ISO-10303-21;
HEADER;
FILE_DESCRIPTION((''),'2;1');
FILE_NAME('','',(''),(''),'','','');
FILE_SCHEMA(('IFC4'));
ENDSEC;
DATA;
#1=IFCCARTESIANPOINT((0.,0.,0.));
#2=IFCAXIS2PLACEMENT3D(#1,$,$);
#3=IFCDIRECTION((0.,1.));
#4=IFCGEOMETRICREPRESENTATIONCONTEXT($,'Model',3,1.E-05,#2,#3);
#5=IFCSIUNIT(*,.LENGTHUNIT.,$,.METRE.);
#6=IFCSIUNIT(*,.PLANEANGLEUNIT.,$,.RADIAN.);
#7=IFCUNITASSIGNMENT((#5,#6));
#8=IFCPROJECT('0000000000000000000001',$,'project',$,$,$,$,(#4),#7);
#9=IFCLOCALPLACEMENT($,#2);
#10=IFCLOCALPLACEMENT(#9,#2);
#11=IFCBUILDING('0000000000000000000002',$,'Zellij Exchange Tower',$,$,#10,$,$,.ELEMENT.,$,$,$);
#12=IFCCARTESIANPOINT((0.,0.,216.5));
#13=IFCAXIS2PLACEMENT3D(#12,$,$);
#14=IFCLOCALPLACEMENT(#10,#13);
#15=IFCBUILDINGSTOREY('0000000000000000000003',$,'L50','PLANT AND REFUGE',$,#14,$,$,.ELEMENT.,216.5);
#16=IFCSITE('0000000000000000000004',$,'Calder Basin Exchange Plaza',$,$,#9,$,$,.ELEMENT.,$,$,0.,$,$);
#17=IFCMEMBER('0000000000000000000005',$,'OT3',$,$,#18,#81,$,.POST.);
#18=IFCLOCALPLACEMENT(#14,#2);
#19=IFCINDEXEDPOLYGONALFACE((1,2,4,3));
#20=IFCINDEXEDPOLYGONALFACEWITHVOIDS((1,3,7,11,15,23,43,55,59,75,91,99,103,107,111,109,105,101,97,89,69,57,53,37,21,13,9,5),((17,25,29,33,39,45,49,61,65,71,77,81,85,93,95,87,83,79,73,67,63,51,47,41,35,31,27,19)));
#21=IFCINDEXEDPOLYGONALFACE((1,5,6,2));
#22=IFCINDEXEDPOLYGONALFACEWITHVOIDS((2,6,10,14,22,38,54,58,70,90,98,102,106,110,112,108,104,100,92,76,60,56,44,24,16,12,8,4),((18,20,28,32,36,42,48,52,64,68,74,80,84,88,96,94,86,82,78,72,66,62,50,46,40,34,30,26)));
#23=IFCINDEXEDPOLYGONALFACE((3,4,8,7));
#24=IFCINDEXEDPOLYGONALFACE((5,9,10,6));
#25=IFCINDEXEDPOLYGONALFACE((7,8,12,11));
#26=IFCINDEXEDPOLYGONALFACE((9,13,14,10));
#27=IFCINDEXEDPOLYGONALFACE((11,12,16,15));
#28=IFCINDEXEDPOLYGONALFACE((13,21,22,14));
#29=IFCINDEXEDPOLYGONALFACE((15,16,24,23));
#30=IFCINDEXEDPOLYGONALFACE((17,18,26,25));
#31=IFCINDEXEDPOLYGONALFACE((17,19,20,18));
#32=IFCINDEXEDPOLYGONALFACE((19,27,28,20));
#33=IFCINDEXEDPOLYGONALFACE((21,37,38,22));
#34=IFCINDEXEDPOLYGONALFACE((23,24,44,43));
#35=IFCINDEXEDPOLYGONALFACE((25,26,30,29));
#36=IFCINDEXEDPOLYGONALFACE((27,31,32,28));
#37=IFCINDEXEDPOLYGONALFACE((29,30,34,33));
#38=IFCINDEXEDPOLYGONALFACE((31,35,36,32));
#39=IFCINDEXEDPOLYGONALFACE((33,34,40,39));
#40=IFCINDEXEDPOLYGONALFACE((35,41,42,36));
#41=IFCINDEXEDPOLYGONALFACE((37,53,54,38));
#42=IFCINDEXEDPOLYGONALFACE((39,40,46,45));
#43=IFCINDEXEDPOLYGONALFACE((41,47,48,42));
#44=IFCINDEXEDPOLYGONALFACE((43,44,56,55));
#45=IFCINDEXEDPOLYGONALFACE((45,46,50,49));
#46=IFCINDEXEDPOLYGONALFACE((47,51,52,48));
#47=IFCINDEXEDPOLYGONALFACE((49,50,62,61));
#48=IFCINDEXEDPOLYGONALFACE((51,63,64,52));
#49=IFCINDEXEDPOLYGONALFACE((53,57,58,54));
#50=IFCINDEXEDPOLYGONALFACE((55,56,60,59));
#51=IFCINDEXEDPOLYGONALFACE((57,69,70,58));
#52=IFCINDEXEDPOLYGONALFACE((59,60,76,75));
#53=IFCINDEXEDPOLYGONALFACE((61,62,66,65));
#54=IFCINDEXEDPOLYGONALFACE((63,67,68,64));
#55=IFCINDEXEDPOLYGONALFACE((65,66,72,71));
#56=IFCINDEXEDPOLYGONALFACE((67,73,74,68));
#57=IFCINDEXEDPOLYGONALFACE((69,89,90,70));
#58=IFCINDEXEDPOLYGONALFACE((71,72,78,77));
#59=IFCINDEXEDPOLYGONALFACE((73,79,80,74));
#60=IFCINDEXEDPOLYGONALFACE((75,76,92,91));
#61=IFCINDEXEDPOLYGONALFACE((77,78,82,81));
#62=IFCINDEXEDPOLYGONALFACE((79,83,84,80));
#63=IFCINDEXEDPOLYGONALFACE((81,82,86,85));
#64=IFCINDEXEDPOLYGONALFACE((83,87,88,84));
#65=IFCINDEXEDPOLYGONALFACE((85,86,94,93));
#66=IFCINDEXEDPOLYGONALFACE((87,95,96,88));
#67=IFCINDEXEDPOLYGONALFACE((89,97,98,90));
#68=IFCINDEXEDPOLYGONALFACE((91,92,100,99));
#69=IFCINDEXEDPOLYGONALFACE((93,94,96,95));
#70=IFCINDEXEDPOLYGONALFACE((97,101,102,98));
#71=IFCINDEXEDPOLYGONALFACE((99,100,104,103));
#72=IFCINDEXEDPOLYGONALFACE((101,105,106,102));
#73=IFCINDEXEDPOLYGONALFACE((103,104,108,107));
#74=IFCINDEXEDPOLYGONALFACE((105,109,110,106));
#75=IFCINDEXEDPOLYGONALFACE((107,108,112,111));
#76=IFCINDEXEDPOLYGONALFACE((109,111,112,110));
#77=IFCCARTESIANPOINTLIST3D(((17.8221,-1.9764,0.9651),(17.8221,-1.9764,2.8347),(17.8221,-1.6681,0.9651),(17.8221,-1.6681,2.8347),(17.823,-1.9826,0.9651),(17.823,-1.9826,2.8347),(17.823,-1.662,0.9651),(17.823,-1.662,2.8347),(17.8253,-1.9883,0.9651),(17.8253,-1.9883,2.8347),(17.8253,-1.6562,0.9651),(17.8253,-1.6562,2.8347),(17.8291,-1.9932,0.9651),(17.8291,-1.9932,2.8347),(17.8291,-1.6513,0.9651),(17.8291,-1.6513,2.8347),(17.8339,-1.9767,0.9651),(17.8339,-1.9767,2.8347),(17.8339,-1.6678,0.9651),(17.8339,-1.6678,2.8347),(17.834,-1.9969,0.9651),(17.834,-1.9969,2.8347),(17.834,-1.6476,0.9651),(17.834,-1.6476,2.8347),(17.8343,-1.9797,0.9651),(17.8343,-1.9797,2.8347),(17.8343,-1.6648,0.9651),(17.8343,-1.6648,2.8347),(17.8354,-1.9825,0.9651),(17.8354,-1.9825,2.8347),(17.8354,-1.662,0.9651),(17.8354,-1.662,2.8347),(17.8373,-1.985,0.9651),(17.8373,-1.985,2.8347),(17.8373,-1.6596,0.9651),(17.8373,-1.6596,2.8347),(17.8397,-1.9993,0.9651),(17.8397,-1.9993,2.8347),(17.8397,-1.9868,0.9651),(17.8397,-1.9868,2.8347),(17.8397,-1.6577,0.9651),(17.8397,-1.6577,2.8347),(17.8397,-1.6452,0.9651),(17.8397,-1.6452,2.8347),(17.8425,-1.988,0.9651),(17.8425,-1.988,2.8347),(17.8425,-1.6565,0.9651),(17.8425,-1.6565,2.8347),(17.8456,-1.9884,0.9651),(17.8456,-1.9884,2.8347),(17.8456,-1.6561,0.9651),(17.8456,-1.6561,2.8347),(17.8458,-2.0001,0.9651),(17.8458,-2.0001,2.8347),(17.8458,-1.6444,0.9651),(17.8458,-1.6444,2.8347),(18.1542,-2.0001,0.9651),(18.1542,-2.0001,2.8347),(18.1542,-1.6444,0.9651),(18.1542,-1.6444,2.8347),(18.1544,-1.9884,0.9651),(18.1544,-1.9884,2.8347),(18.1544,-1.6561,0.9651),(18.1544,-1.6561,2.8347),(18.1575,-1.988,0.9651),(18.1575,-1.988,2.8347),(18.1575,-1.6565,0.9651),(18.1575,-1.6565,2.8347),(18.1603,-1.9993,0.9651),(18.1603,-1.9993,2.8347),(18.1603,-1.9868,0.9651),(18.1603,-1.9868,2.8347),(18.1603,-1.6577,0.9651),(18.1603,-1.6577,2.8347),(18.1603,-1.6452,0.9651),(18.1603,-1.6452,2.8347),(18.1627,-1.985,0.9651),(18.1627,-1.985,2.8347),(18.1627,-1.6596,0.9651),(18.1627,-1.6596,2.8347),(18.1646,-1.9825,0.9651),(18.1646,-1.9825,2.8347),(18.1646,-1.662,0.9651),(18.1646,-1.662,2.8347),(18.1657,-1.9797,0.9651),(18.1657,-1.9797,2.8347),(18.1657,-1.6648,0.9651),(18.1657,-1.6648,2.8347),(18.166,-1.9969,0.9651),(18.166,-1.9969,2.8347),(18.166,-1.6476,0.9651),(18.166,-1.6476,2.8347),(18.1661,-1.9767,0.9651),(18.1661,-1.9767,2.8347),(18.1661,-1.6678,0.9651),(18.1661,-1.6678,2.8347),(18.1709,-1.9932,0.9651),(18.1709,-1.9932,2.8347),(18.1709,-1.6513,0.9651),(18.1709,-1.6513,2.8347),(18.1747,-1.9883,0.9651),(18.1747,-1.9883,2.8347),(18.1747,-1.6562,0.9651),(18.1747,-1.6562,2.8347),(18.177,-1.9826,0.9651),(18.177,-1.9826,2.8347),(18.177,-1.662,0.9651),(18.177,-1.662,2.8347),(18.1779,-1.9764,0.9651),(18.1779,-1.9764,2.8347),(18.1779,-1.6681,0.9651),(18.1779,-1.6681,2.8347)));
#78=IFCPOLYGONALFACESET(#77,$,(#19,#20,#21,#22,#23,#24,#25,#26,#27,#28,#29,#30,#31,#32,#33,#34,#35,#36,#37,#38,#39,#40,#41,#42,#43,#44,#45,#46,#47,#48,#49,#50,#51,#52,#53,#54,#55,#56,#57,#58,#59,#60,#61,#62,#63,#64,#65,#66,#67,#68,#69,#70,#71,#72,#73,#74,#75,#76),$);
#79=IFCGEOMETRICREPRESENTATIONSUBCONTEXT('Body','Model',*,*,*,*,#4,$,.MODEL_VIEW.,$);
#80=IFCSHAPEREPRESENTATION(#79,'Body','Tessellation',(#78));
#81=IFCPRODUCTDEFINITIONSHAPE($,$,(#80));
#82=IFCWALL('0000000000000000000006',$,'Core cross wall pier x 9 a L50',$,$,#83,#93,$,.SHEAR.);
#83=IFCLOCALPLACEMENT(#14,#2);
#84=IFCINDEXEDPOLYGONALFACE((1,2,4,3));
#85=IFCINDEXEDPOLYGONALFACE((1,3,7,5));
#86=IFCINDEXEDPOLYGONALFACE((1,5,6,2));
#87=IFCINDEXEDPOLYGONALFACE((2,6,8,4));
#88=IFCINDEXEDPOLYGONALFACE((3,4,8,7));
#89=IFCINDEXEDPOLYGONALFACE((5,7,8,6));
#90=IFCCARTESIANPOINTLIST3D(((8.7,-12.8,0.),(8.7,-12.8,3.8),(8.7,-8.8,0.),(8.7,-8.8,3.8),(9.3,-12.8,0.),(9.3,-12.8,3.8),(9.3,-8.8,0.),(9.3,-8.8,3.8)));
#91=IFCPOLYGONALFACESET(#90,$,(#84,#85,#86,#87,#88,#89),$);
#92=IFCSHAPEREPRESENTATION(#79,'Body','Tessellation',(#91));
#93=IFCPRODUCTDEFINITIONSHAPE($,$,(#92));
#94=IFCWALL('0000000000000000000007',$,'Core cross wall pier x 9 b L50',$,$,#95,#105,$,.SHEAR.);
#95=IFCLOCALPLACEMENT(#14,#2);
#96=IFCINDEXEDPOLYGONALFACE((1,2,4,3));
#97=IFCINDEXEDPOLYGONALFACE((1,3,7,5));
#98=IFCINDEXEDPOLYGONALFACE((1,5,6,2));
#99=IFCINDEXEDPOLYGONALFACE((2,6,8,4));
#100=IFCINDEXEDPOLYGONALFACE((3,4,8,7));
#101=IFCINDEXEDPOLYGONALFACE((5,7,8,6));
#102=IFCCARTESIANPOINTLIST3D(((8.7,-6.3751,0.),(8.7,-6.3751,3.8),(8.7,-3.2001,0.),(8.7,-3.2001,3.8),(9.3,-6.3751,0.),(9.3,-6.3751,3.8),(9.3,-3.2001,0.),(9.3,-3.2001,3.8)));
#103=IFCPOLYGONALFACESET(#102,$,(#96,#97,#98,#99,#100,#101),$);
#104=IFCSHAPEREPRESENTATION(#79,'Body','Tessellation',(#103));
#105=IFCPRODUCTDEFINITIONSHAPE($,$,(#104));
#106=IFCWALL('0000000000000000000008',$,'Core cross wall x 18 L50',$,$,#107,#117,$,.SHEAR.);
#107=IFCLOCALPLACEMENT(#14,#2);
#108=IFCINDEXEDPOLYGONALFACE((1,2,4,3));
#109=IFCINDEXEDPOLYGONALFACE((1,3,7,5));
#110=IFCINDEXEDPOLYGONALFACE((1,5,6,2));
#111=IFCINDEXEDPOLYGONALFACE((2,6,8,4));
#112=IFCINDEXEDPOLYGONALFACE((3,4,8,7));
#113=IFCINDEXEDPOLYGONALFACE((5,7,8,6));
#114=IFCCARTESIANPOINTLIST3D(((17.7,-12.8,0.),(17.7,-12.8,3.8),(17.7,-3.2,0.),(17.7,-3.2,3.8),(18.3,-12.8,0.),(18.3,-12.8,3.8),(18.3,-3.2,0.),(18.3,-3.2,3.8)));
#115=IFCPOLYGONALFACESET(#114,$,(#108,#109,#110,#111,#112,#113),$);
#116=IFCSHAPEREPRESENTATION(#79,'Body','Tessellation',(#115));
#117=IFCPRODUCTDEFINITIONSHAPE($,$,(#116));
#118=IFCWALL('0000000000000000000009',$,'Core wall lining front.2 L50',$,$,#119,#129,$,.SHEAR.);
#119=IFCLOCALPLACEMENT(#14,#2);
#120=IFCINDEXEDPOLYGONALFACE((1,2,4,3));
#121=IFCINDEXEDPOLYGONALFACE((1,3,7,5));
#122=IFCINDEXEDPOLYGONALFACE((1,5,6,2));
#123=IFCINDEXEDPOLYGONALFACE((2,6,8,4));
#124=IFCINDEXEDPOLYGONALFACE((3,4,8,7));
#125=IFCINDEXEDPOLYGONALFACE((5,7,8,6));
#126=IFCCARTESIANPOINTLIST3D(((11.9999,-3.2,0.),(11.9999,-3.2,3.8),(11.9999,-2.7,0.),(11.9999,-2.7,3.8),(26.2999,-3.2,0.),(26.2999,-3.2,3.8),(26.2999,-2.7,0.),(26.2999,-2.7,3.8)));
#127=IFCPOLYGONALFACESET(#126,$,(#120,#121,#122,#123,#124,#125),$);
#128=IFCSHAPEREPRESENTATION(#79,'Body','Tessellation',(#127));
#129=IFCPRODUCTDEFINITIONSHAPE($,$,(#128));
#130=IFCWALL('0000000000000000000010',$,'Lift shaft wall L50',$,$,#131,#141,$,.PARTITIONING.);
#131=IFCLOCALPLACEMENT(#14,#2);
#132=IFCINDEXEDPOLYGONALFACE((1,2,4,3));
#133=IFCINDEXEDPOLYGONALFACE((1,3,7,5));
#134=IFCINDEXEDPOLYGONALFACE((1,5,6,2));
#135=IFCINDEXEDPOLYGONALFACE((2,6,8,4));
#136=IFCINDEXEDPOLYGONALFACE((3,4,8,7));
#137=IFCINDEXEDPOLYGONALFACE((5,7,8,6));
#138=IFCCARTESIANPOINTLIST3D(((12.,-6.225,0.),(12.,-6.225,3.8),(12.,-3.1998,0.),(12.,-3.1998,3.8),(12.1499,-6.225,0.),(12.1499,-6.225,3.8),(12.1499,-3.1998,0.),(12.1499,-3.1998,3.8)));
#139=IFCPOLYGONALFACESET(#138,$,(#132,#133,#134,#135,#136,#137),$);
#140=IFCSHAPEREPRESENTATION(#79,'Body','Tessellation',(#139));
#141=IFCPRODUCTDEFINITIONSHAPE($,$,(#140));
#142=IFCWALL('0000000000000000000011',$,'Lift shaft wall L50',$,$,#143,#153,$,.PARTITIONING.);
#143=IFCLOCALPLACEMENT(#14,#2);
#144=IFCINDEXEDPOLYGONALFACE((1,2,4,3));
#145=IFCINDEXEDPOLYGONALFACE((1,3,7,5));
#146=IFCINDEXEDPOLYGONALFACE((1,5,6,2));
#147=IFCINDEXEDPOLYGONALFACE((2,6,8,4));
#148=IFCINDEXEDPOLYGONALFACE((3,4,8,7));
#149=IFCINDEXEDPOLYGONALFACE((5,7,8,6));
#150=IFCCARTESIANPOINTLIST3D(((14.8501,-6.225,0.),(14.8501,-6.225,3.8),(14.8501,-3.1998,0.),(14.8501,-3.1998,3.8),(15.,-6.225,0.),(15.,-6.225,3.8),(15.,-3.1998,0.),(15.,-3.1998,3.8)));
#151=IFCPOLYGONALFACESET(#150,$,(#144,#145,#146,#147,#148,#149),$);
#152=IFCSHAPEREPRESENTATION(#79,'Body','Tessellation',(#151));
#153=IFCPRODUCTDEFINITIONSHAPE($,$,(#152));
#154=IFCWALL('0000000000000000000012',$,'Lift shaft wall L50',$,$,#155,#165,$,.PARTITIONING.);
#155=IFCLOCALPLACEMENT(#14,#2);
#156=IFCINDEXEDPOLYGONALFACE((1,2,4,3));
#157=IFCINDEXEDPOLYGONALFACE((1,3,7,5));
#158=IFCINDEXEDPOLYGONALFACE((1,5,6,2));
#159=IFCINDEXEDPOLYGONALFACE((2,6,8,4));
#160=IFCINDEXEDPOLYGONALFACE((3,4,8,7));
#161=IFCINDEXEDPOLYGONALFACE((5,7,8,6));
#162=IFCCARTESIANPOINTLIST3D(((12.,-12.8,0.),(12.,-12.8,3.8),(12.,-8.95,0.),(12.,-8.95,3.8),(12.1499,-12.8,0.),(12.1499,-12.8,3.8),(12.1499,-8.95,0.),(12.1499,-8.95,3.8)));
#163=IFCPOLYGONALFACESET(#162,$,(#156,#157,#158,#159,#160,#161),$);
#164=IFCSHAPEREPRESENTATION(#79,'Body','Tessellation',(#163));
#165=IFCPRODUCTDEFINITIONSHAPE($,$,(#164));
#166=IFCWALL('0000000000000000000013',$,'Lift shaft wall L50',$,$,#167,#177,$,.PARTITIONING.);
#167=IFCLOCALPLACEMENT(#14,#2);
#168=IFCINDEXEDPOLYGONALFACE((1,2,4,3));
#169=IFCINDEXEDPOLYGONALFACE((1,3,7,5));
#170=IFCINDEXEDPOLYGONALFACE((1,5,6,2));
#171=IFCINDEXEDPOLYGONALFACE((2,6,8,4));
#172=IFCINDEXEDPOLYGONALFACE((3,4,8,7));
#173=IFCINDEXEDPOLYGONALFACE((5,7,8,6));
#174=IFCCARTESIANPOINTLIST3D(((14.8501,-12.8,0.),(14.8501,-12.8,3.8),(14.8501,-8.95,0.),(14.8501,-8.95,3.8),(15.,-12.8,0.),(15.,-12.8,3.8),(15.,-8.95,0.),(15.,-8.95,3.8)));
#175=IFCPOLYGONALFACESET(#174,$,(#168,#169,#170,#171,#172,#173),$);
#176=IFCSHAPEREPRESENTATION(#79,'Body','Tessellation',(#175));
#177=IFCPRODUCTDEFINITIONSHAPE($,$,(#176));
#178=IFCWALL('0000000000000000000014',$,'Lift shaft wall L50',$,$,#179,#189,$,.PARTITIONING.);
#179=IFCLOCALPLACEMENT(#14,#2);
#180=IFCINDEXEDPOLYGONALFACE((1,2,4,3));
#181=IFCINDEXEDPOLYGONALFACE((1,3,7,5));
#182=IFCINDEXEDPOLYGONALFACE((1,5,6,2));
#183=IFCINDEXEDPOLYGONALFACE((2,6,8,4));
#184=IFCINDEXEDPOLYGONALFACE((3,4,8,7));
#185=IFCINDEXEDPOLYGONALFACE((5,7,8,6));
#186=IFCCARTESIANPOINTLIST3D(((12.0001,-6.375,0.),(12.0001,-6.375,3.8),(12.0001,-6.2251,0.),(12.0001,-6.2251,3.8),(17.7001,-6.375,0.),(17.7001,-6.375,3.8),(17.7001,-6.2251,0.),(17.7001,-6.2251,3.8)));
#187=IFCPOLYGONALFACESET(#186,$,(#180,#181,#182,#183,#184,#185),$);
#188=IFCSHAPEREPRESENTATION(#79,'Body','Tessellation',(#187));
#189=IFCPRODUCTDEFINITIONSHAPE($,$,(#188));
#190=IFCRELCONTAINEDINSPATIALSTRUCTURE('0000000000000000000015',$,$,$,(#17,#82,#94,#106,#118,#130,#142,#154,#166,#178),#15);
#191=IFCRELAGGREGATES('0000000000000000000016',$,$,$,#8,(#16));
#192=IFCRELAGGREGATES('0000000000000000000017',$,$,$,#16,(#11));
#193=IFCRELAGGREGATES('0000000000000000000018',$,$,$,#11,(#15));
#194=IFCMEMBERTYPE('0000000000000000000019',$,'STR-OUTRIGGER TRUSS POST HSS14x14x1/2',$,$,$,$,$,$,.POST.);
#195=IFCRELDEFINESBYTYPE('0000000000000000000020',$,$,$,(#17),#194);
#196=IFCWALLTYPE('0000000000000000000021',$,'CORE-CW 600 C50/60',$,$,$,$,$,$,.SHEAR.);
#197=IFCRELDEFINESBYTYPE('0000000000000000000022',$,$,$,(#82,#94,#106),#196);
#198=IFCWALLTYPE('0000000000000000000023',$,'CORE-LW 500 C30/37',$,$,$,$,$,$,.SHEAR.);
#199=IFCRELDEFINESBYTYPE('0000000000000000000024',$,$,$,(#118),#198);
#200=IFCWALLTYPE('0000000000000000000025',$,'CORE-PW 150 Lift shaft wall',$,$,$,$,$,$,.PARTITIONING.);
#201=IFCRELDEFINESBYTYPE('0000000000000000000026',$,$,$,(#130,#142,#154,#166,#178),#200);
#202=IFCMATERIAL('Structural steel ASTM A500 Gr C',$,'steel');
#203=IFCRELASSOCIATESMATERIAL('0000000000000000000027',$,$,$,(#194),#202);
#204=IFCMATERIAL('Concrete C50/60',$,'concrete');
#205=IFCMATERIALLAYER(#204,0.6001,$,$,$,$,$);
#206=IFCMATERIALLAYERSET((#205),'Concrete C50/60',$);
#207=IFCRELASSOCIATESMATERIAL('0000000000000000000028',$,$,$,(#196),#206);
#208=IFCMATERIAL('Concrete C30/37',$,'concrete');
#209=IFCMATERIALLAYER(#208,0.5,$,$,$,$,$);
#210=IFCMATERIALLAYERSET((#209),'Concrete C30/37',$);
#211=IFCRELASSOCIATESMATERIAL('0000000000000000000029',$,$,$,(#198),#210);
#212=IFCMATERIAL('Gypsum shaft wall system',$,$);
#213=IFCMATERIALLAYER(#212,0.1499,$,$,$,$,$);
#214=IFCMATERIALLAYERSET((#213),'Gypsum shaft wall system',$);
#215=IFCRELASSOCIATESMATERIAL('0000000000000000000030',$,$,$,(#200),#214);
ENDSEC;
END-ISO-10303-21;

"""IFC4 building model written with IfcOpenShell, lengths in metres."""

from ifc_helpers import new_model, si_unit, direction, frame, frame_2d, origin, origin_2d, place, context, subcontext, project, spatial, rectangle, hollow_rectangle, extrude, material, layer, layer_set, material_profile, profile_set, type_object, element, save


model = new_model("IFC4")

# Units and contexts
model_context = context("Model", 3, precision=1e-05, world=origin(), true_north=direction((0.0, 1.0)))
body_context = subcontext(model_context, "Body", "Model", "MODEL_VIEW")
ifc_project = project(units=[si_unit("LENGTHUNIT", "METRE"), si_unit("PLANEANGLEUNIT", "RADIAN")], contexts=[model_context])

# Site, building, storey
site_placement = place(None, origin())
site = spatial("IfcSite", under=ifc_project, at=site_placement, Name="Calder Basin Exchange Plaza", CompositionType="ELEMENT", RefElevation=0.0)
building_placement = place(site_placement, origin())
building = spatial("IfcBuilding", under=site, at=building_placement, Name="Zellij Exchange Tower", CompositionType="ELEMENT")
storey_placement = place(building_placement, frame((0.0, 0.0, 216.5)))
storey = spatial("IfcBuildingStorey", under=building, at=storey_placement, Name="L50", Description="PLANT AND REFUGE", CompositionType="ELEMENT", Elevation=216.5)

# Shared definitions
ifc_material_1 = material(Name="Concrete C50/60", Category="concrete")

# Member
ifc_material_2 = material(Name="Structural steel ASTM A500 Gr C", Category="steel")
ifc_material_profile_1 = material_profile(ifc_material_2, hollow_rectangle(XDim=0.3557, YDim=0.3557, WallThickness=0.0117, InnerFilletRadius=0.0117, OuterFilletRadius=0.0237, at=origin_2d()), Name="STR-OUTRIGGER TRUSS POST HSS14x14x1/2")
ifc_profile_set_1 = profile_set([ifc_material_profile_1], Name="Structural steel ASTM A500 Gr C")
member_type_1 = type_object("IfcMemberType", Name="STR-OUTRIGGER TRUSS POST HSS14x14x1/2", PredefinedType="POST", material=ifc_profile_set_1)
for number, where, z_axis, x_axis, name in (
    (1, (18.0, -1.8223, 0.9651), (0.0, 0.0, 1.0), (1.0, 0.0, 0.0), "OT3"),
):
    element("IfcMember", number, at=place(storey_placement, frame(where, z_axis=z_axis, x_axis=x_axis)), inside=storey, type_object=member_type_1, Name=name, PredefinedType="POST", context=body_context, shape_type="SweptSolid", body=[
        extrude(hollow_rectangle(XDim=0.3557, YDim=0.3557, WallThickness=0.0117, InnerFilletRadius=0.0117, OuterFilletRadius=0.0237, at=origin_2d()), origin(), (0.0, 0.0, 1.0), 1.8696),
    ])

# Walls
ifc_layer_1 = layer(ifc_material_1, 0.6001)
ifc_layer_set_1 = layer_set([ifc_layer_1], Name="Concrete C50/60")
wall_type_1 = type_object("IfcWallType", Name="CORE-CW 600 C50/60", PredefinedType="SHEAR", material=ifc_layer_set_1)
wall_1_placement = place(storey_placement, frame((9.0, -12.8, 0.0), z_axis=(0.0, 0.0, 1.0), x_axis=(0.0, 1.0, 0.0)))
element("IfcWall", 2, at=wall_1_placement, inside=storey, type_object=wall_type_1, Name="Core cross wall pier x 9 a L50", PredefinedType="SHEAR", context=body_context, shape_type="SweptSolid", body=[
    extrude(rectangle(XDim=4.0, YDim=0.6001, at=frame_2d((2.0, 0.0))), origin(), (0.0, 0.0, 1.0), 3.8),
])
wall_2_placement = place(storey_placement, frame((9.0, -6.375, 0.0), z_axis=(0.0, 0.0, 1.0), x_axis=(0.0, 1.0, 0.0)))
element("IfcWall", 3, at=wall_2_placement, inside=storey, type_object=wall_type_1, Name="Core cross wall pier x 9 b L50", PredefinedType="SHEAR", context=body_context, shape_type="SweptSolid", body=[
    extrude(rectangle(XDim=3.175, YDim=0.6001, at=frame_2d((1.5874, 0.0))), origin(), (0.0, 0.0, 1.0), 3.8),
])
wall_3_placement = place(storey_placement, frame((18.0, -12.8, 0.0), z_axis=(0.0, 0.0, 1.0), x_axis=(0.0, 1.0, 0.0)))
element("IfcWall", 4, at=wall_3_placement, inside=storey, type_object=wall_type_1, Name="Core cross wall x 18 L50", PredefinedType="SHEAR", context=body_context, shape_type="SweptSolid", body=[
    extrude(rectangle(XDim=9.6001, YDim=0.6001, at=frame_2d((4.8, 0.0))), origin(), (0.0, 0.0, 1.0), 3.8),
])
ifc_material_3 = material(Name="Concrete C30/37", Category="concrete")
ifc_layer_2 = layer(ifc_material_3, 0.5)
ifc_layer_set_2 = layer_set([ifc_layer_2], Name="Concrete C30/37")
wall_type_2 = type_object("IfcWallType", Name="CORE-LW 500 C30/37", PredefinedType="SHEAR", material=ifc_layer_set_2)
wall_4_placement = place(storey_placement, frame((12.0, -2.95, 0.0), z_axis=(0.0, 0.0, 1.0), x_axis=(1.0, 0.0, 0.0)))
element("IfcWall", 5, at=wall_4_placement, inside=storey, type_object=wall_type_2, Name="Core wall lining front.2 L50", PredefinedType="SHEAR", context=body_context, shape_type="SweptSolid", body=[
    extrude(rectangle(XDim=14.3, YDim=0.5, at=frame_2d((7.1499, 0.0))), origin(), (0.0, 0.0, 1.0), 3.8),
])
ifc_material_4 = material(Name="Gypsum shaft wall system")
ifc_layer_3 = layer(ifc_material_4, 0.1499)
ifc_layer_set_3 = layer_set([ifc_layer_3], Name="Gypsum shaft wall system")
wall_type_3 = type_object("IfcWallType", Name="CORE-PW 150 Lift shaft wall", PredefinedType="PARTITIONING", material=ifc_layer_set_3)
for number, where, z_axis, x_axis, name in (
    (6, (12.075, -6.2251, 0.0), (0.0, 0.0, 1.0), (0.0, 1.0, 0.0), "Lift shaft wall L50"),
    (7, (14.925, -6.2251, 0.0), (0.0, 0.0, 1.0), (0.0, 1.0, 0.0), "Lift shaft wall L50"),
):
    element("IfcWall", number, at=place(storey_placement, frame(where, z_axis=z_axis, x_axis=x_axis)), inside=storey, type_object=wall_type_3, Name=name, PredefinedType="PARTITIONING", context=body_context, shape_type="SweptSolid", body=[
        extrude(rectangle(XDim=3.0251, YDim=0.1499, at=frame_2d((1.5127, 0.0))), origin(), (0.0, 0.0, 1.0), 3.8),
    ])
for number, where, z_axis, x_axis, name in (
    (8, (12.075, -12.8, 0.0), (0.0, 0.0, 1.0), (0.0, 1.0, 0.0), "Lift shaft wall L50"),
    (9, (14.925, -12.8, 0.0), (0.0, 0.0, 1.0), (0.0, 1.0, 0.0), "Lift shaft wall L50"),
):
    element("IfcWall", number, at=place(storey_placement, frame(where, z_axis=z_axis, x_axis=x_axis)), inside=storey, type_object=wall_type_3, Name=name, PredefinedType="PARTITIONING", context=body_context, shape_type="SweptSolid", body=[
        extrude(rectangle(XDim=3.8501, YDim=0.1499, at=frame_2d((1.925, 0.0))), origin(), (0.0, 0.0, 1.0), 3.8),
    ])
wall_5_placement = place(storey_placement, frame((12.0, -6.3, 0.0), z_axis=(0.0, 0.0, 1.0), x_axis=(1.0, 0.0, 0.0)))
element("IfcWall", 10, at=wall_5_placement, inside=storey, type_object=wall_type_3, Name="Lift shaft wall L50", PredefinedType="PARTITIONING", context=body_context, shape_type="SweptSolid", body=[
    extrude(rectangle(XDim=5.7, YDim=0.1499, at=frame_2d((2.8501, 0.0))), origin(), (0.0, 0.0, 1.0), 3.8),
])

save(model, "model.ifc")
